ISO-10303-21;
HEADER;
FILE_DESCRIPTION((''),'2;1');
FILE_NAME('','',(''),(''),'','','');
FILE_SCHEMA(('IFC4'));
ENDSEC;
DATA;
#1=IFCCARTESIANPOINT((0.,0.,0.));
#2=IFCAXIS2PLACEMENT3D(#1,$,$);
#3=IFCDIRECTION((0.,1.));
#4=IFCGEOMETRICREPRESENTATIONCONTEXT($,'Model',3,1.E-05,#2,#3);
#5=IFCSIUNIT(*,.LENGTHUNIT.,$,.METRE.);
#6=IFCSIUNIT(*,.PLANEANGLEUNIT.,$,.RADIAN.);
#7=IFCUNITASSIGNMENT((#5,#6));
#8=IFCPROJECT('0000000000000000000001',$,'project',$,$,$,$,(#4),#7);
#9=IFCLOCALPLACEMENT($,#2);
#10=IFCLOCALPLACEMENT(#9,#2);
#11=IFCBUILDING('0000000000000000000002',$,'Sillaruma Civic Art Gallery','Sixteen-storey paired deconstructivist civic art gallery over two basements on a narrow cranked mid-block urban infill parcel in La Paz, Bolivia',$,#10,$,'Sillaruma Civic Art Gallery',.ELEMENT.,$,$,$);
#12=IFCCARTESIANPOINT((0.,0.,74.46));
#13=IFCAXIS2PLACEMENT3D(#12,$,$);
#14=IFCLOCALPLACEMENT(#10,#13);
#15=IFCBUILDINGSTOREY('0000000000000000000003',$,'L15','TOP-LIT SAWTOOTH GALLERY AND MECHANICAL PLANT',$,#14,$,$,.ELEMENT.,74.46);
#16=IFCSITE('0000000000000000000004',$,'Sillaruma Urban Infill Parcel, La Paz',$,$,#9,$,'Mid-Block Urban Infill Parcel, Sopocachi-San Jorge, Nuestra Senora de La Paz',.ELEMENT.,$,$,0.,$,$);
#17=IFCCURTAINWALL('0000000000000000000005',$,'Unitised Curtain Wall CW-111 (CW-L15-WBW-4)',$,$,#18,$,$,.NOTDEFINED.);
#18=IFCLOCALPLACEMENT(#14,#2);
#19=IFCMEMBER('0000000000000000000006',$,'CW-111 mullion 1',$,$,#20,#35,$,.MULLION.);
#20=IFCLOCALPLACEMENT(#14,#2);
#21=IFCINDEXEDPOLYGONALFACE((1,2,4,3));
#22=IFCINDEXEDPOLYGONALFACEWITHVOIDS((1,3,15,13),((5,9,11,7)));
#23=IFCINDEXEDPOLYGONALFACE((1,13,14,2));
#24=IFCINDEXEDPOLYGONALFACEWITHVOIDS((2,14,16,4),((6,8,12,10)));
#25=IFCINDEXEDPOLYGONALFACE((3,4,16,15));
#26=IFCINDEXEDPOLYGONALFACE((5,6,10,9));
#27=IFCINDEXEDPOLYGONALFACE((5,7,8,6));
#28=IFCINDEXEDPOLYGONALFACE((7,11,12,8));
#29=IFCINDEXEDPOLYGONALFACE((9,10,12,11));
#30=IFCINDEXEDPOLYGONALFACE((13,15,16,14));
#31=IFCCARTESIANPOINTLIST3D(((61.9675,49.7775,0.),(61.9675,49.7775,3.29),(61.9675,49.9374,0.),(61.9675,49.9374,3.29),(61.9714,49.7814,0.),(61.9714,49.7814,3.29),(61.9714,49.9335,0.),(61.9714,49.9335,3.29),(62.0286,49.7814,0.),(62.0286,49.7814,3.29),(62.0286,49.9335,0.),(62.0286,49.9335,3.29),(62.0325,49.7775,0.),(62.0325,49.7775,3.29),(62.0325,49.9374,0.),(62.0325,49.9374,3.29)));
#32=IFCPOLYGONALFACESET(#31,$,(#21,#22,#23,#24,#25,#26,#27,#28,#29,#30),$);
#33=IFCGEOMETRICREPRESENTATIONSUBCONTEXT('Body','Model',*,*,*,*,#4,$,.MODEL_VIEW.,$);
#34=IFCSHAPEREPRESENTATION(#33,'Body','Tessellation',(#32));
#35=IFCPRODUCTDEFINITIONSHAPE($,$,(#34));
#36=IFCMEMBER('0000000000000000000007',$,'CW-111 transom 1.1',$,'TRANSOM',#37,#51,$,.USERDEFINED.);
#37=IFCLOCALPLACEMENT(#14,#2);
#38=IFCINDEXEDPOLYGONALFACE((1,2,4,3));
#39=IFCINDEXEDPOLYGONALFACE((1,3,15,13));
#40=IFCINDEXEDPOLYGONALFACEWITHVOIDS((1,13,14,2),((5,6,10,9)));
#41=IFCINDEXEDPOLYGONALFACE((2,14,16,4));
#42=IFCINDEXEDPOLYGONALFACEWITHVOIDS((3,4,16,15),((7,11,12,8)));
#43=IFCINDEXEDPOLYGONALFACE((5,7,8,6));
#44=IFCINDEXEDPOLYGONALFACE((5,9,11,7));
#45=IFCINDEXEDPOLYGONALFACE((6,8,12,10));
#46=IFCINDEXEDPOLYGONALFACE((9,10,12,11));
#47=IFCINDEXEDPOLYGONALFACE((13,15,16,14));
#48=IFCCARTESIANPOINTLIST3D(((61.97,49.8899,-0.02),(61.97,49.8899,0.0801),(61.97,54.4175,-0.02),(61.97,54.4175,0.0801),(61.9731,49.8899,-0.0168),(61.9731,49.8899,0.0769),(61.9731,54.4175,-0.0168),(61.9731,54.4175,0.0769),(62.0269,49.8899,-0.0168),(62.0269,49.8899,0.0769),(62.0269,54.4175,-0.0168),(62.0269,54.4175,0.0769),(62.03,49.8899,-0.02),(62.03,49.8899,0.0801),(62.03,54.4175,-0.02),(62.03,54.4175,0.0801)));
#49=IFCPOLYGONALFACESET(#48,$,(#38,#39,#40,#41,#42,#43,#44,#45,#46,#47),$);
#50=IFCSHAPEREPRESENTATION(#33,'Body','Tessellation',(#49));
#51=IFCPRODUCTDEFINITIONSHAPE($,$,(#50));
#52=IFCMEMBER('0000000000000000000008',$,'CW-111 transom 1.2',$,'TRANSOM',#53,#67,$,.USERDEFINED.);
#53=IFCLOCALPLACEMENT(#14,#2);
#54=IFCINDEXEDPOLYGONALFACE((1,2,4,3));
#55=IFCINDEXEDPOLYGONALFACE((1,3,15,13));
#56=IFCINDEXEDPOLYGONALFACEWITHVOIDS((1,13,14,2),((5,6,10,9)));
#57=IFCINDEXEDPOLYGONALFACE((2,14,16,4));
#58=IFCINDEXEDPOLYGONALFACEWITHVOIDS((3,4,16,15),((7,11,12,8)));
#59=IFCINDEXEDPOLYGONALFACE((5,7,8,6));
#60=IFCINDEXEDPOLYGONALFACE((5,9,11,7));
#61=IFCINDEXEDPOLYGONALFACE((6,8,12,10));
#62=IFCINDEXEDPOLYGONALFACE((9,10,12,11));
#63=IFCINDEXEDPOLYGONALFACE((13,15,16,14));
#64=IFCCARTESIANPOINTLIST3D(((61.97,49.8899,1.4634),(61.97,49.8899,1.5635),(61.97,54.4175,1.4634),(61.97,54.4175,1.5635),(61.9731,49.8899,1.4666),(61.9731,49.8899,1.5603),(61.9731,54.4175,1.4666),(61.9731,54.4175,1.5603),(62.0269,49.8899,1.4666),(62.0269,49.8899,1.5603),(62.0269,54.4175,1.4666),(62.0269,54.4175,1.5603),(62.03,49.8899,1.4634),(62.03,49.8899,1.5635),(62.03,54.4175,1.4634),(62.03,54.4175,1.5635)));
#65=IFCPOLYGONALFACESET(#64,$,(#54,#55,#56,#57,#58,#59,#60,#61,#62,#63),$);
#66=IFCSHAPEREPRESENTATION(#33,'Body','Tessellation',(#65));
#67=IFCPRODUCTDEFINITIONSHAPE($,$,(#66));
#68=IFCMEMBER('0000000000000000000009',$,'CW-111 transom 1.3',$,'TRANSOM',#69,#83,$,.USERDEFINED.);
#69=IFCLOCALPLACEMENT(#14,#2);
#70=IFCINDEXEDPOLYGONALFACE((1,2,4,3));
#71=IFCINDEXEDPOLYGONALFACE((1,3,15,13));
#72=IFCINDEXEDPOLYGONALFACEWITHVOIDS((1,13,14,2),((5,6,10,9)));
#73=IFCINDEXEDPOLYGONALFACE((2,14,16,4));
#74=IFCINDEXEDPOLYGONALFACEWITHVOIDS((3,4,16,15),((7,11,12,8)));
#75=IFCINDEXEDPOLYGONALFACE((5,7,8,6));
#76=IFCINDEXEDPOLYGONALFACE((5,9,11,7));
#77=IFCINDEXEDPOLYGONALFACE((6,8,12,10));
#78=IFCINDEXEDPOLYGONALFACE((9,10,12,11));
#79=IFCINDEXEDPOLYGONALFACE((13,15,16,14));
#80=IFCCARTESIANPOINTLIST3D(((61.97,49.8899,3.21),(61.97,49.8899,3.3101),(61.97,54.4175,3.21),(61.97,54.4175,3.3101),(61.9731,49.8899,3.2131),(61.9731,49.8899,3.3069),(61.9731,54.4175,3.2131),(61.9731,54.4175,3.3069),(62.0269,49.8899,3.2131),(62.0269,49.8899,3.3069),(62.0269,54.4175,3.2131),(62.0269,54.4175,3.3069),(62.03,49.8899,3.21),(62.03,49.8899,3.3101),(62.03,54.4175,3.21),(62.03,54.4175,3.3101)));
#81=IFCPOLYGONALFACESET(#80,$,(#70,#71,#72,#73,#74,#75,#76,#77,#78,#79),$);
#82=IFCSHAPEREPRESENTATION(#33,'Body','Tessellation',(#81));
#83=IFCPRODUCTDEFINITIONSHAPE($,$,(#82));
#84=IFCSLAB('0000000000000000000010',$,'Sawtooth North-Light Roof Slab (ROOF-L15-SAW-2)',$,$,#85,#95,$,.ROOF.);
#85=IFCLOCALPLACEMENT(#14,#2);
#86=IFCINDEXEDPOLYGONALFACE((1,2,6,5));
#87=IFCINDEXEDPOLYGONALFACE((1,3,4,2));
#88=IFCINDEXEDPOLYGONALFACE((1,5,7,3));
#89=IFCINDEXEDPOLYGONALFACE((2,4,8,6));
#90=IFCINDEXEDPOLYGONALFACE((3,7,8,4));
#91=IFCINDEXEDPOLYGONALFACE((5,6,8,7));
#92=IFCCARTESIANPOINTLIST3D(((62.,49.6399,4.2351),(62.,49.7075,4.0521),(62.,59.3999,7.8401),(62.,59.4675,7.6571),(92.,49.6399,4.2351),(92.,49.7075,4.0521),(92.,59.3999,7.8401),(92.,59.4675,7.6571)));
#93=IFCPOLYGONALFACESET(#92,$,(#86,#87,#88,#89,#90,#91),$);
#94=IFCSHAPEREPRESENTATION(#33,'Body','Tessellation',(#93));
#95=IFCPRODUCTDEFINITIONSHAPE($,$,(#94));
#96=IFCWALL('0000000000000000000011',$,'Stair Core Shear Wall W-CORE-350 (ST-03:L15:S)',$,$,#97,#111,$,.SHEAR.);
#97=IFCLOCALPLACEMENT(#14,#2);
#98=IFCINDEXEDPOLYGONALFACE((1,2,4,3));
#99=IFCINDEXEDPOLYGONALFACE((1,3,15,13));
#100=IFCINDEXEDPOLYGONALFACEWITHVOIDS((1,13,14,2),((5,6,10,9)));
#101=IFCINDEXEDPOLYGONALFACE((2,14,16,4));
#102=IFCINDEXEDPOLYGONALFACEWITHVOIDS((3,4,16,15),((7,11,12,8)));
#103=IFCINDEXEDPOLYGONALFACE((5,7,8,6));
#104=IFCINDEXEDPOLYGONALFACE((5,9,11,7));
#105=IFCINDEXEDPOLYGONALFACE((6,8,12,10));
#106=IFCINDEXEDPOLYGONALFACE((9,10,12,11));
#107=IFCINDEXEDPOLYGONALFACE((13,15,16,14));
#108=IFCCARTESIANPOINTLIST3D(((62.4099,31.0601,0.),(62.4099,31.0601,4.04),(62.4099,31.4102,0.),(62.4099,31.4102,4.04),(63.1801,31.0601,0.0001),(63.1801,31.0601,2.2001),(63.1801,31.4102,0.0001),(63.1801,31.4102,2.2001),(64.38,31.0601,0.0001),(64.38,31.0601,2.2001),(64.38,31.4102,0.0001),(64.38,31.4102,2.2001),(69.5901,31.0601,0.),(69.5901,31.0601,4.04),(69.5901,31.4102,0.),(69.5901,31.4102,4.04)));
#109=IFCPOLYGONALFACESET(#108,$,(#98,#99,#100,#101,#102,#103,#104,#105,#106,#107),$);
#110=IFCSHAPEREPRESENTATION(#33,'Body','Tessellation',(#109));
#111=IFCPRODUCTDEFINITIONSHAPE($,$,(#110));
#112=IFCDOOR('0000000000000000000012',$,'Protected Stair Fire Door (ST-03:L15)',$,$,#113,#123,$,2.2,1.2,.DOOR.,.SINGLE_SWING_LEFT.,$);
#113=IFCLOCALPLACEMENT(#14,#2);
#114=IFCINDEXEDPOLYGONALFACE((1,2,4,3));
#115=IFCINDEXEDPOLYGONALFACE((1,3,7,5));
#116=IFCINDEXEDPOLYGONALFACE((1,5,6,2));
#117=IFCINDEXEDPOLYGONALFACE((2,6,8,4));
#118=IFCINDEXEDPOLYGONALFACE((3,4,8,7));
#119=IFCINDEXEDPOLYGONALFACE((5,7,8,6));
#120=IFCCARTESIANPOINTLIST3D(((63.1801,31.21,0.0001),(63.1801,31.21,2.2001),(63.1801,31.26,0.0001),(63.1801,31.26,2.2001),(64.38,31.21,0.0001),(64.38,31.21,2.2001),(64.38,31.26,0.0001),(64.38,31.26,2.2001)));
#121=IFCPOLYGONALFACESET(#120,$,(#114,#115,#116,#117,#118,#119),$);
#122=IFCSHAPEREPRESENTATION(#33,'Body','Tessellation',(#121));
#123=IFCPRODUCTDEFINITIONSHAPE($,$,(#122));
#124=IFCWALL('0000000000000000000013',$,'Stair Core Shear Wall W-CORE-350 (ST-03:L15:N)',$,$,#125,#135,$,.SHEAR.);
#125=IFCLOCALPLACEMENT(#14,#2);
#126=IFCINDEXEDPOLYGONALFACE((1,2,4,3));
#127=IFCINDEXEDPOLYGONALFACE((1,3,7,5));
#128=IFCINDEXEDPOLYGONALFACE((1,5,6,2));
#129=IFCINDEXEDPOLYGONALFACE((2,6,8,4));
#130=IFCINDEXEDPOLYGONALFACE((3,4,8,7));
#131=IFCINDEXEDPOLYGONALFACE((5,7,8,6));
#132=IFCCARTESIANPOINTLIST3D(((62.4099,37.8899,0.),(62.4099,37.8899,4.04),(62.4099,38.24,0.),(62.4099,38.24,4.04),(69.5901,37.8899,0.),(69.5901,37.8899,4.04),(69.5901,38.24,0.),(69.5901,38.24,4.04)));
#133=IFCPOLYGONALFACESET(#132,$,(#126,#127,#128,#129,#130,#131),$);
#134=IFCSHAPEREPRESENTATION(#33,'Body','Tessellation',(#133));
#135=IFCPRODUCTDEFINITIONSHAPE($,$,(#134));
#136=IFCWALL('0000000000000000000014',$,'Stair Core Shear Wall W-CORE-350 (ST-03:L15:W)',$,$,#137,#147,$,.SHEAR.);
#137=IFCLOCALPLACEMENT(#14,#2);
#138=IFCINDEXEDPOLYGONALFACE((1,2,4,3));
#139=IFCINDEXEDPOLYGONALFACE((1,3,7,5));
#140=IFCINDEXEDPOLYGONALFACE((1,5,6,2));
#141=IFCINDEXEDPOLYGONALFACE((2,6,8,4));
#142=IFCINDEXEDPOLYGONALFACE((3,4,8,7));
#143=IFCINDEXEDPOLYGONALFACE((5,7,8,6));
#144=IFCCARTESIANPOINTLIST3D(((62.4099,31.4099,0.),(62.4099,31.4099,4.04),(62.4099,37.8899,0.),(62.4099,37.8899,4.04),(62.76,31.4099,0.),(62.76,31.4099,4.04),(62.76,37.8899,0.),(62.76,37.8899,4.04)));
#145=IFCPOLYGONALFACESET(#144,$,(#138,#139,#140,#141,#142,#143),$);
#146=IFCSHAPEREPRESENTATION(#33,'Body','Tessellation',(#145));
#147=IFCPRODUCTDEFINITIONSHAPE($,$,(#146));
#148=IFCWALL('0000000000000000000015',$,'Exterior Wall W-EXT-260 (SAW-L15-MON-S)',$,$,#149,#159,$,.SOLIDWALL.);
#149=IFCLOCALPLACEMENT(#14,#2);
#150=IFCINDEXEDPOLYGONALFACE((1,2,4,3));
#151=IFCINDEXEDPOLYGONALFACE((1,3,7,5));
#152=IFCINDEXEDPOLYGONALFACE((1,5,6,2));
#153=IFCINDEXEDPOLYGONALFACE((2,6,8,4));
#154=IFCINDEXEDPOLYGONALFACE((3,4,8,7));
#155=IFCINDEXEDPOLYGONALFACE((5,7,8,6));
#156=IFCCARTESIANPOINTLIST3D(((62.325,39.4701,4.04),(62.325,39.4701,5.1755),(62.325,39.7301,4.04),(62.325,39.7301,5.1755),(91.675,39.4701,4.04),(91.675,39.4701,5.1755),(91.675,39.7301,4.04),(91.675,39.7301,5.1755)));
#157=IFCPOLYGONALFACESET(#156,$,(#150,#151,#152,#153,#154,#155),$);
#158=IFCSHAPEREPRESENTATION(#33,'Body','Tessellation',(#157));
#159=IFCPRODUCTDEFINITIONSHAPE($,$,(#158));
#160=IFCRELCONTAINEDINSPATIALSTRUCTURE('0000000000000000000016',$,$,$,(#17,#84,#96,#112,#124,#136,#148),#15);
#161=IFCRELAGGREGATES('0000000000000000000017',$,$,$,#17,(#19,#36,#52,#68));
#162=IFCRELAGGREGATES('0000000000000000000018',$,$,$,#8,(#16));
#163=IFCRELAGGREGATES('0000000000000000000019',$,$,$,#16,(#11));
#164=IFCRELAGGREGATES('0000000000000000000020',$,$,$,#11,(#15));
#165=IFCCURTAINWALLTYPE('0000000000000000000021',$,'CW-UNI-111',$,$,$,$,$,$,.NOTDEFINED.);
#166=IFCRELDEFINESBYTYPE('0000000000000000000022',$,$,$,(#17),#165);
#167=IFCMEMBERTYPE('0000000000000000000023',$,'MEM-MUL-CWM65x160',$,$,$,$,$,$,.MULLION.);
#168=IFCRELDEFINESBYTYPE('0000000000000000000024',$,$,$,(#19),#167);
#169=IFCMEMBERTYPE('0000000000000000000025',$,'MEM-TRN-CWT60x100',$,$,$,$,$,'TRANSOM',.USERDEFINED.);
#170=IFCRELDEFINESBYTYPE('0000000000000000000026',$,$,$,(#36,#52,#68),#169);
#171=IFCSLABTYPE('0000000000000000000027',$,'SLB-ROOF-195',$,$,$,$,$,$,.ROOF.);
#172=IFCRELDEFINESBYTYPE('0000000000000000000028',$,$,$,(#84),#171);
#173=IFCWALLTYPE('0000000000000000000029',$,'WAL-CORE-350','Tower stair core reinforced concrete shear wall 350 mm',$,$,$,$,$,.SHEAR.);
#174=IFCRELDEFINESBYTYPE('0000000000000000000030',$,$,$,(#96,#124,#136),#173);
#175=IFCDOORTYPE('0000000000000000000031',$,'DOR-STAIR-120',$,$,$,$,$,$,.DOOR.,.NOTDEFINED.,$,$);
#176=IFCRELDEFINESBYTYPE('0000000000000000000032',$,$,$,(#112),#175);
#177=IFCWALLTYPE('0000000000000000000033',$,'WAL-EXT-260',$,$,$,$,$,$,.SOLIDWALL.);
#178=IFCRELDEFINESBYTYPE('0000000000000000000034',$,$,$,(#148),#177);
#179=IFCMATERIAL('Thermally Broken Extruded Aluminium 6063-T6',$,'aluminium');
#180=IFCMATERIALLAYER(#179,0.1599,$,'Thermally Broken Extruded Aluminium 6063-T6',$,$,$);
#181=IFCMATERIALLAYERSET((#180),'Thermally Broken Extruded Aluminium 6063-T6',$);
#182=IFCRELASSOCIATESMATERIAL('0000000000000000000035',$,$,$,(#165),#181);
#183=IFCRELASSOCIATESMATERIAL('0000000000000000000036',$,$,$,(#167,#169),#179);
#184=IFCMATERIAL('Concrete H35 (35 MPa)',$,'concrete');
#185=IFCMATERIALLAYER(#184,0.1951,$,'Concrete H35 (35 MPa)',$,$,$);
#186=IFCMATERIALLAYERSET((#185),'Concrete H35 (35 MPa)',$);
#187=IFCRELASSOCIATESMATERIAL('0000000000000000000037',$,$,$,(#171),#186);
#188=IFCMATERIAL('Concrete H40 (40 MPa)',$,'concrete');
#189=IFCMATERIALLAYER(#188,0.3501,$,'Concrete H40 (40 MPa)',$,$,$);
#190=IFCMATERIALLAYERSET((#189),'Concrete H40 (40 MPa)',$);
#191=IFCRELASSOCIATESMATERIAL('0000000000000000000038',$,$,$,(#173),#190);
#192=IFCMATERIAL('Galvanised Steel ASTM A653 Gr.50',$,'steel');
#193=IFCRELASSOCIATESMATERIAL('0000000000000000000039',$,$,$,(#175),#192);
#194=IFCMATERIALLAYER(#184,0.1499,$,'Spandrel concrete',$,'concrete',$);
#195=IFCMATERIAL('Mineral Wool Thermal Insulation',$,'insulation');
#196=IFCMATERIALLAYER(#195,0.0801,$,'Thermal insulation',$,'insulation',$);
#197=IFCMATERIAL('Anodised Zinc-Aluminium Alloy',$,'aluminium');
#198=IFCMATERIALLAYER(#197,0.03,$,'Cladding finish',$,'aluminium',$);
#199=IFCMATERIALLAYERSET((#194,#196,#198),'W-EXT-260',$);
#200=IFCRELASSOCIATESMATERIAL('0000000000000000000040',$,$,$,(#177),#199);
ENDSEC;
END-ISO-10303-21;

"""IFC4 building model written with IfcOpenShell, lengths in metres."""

from ifc_helpers import new_model, si_unit, direction, frame, frame_2d, origin, origin_2d, place, context, subcontext, project, spatial, polyline, rectangle, hollow_rectangle, outline, extrude, material, layer, layer_set, material_profile, profile_set, type_object, element, fill, aggregate, save


model = new_model("IFC4")

# Units and contexts
model_context = context("Model", 3, precision=1e-05, world=origin(), true_north=direction((0.0, 1.0)))
body_context = subcontext(model_context, "Body", "Model", "MODEL_VIEW")
ifc_project = project(units=[si_unit("LENGTHUNIT", "METRE"), si_unit("PLANEANGLEUNIT", "RADIAN")], contexts=[model_context])

# Site, building, storey
site_placement = place(None, origin())
site = spatial("IfcSite", under=ifc_project, at=site_placement, Name="Sillaruma Urban Infill Parcel, La Paz", LongName="Mid-Block Urban Infill Parcel, Sopocachi-San Jorge, Nuestra Senora de La Paz", CompositionType="ELEMENT", RefElevation=0.0)
building_placement = place(site_placement, origin())
building = spatial("IfcBuilding", under=site, at=building_placement, Name="Sillaruma Civic Art Gallery", Description="Sixteen-storey paired deconstructivist civic art gallery over two basements on a narrow cranked mid-block urban infill parcel in La Paz, Bolivia", LongName="Sillaruma Civic Art Gallery", CompositionType="ELEMENT")
storey_placement = place(building_placement, frame((0.0, 0.0, 74.46)))
storey = spatial("IfcBuildingStorey", under=building, at=storey_placement, Name="L15", Description="TOP-LIT SAWTOOTH GALLERY AND MECHANICAL PLANT", CompositionType="ELEMENT", Elevation=74.46)

# Curtain wall, members
ifc_material_1 = material(Name="Thermally Broken Extruded Aluminium 6063-T6", Category="aluminium")
ifc_layer_1 = layer(ifc_material_1, 0.1599, Name="Thermally Broken Extruded Aluminium 6063-T6")
ifc_layer_set_1 = layer_set([ifc_layer_1], Name="Thermally Broken Extruded Aluminium 6063-T6")
curtain_wall_type = type_object("IfcCurtainWallType", Name="CW-UNI-111", PredefinedType="NOTDEFINED", material=ifc_layer_set_1)
curtain_wall_placement = place(storey_placement, origin())
curtain_wall = element("IfcCurtainWall", 1, at=curtain_wall_placement, inside=storey, type_object=curtain_wall_type, Name="Unitised Curtain Wall CW-111 (CW-L15-WBW-4)", PredefinedType="NOTDEFINED")
ifc_material_profile_1 = material_profile(ifc_material_1, hollow_rectangle(XDim=0.0649, YDim=0.1599, WallThickness=0.0039, at=origin_2d()), Name="CWM65x160")
ifc_profile_set_1 = profile_set([ifc_material_profile_1], Name="Thermally Broken Extruded Aluminium 6063-T6")
member_type_1 = type_object("IfcMemberType", Name="MEM-MUL-CWM65x160", PredefinedType="MULLION", material=ifc_profile_set_1)
member_1_placement = place(storey_placement, frame((62.0, 49.8574, 0.0), z_axis=(0.0, 0.0, 1.0), x_axis=(-1.0, 0.0, 0.0)))
member_1 = element("IfcMember", 2, at=member_1_placement, type_object=member_type_1, Name="CW-111 mullion 1", PredefinedType="MULLION", context=body_context, shape_type="SweptSolid", body=[
    extrude(hollow_rectangle(XDim=0.0649, YDim=0.1599, WallThickness=0.0039, at=origin_2d()), origin(), (0.0, 0.0, 1.0), 3.29),
])
ifc_material_profile_2 = material_profile(ifc_material_1, hollow_rectangle(XDim=0.0601, YDim=0.1001, WallThickness=0.0032, at=origin_2d()), Name="CWT60x100")
ifc_profile_set_2 = profile_set([ifc_material_profile_2], Name="Thermally Broken Extruded Aluminium 6063-T6")
member_type_2 = type_object("IfcMemberType", Name="MEM-TRN-CWT60x100", ElementType="TRANSOM", PredefinedType="USERDEFINED", material=ifc_profile_set_2)
member_2_placement = place(storey_placement, frame((62.0, 49.8899, 0.03), z_axis=(0.0, 1.0, 0.0), x_axis=(-1.0, 0.0, 0.0)))
member_2 = element("IfcMember", 3, at=member_2_placement, type_object=member_type_2, Name="CW-111 transom 1.1", ObjectType="TRANSOM", PredefinedType="USERDEFINED", context=body_context, shape_type="SweptSolid", body=[
    extrude(hollow_rectangle(XDim=0.0601, YDim=0.1001, WallThickness=0.0032, at=origin_2d()), origin(), (0.0, 0.0, 1.0), 4.5276),
])
member_3_placement = place(storey_placement, frame((62.0, 49.8899, 1.5134), z_axis=(0.0, 1.0, 0.0), x_axis=(-1.0, 0.0, 0.0)))
member_3 = element("IfcMember", 4, at=member_3_placement, type_object=member_type_2, Name="CW-111 transom 1.2", ObjectType="TRANSOM", PredefinedType="USERDEFINED", context=body_context, shape_type="SweptSolid", body=[
    extrude(hollow_rectangle(XDim=0.0601, YDim=0.1001, WallThickness=0.0032, at=origin_2d()), origin(), (0.0, 0.0, 1.0), 4.5276),
])
member_4_placement = place(storey_placement, frame((62.0, 49.8899, 3.26), z_axis=(0.0, 1.0, 0.0), x_axis=(-1.0, 0.0, 0.0)))
member_4 = element("IfcMember", 5, at=member_4_placement, type_object=member_type_2, Name="CW-111 transom 1.3", ObjectType="TRANSOM", PredefinedType="USERDEFINED", context=body_context, shape_type="SweptSolid", body=[
    extrude(hollow_rectangle(XDim=0.0601, YDim=0.1001, WallThickness=0.0032, at=origin_2d()), origin(), (0.0, 0.0, 1.0), 4.5276),
])
aggregate(curtain_wall, [member_1, member_2, member_3, member_4])

# Slab
ifc_material_2 = material(Name="Concrete H35 (35 MPa)", Category="concrete")
ifc_layer_2 = layer(ifc_material_2, 0.1951, Name="Concrete H35 (35 MPa)")
ifc_layer_set_2 = layer_set([ifc_layer_2], Name="Concrete H35 (35 MPa)")
slab_type = type_object("IfcSlabType", Name="SLB-ROOF-195", PredefinedType="ROOF", material=ifc_layer_set_2)
slab_placement = place(storey_placement, frame((62.0, 49.6399, 4.2351), z_axis=(0.0, -0.346483, 0.938056), x_axis=(1.0, 0.0, 0.0)))
element("IfcSlab", 6, at=slab_placement, inside=storey, type_object=slab_type, Name="Sawtooth North-Light Roof Slab (ROOF-L15-SAW-2)", PredefinedType="ROOF", context=body_context, shape_type="SweptSolid", body=[
    extrude(outline(polyline([(0.0, 0.0), (30.0, 0.0), (30.0, 10.4045), (0.0, 10.4045), (0.0, 0.0)])), origin(), (0.0, 0.0, -1.0), 0.1951),
])

# Wall, opening, door
ifc_material_3 = material(Name="Concrete H40 (40 MPa)", Category="concrete")
ifc_layer_3 = layer(ifc_material_3, 0.3501, Name="Concrete H40 (40 MPa)")
ifc_layer_set_3 = layer_set([ifc_layer_3], Name="Concrete H40 (40 MPa)")
wall_type_1 = type_object("IfcWallType", Name="WAL-CORE-350", Description="Tower stair core reinforced concrete shear wall 350 mm", PredefinedType="SHEAR", material=ifc_layer_set_3)
wall_1_placement = place(storey_placement, frame((62.4099, 31.2351, 0.0), z_axis=(0.0, 0.0, 1.0), x_axis=(1.0, 0.0, 0.0)))
wall_1 = element("IfcWall", 7, at=wall_1_placement, inside=storey, type_object=wall_type_1, Name="Stair Core Shear Wall W-CORE-350 (ST-03:L15:S)", PredefinedType="SHEAR", context=body_context, shape_type="SweptSolid", body=[
    extrude(rectangle(XDim=7.1802, YDim=0.3501, at=frame_2d((3.5901, 0.0))), origin(), (0.0, 0.0, 1.0), 4.04),
])
opening_1_placement = place(wall_1_placement, frame((0.77, 0.0, 0.0)))
opening_1 = element("IfcOpeningElement", 8, at=opening_1_placement, cuts=wall_1, PredefinedType="OPENING", context=body_context, shape_type="SweptSolid", body=[
    extrude(rectangle(XDim=1.2, YDim=2.2, at=frame_2d((0.6001, 1.1001))), frame((0.0, 0.1851, 0.0), z_axis=(0.0, -1.0, 0.0), x_axis=(1.0, 0.0, 0.0)), (0.0, 0.0, 1.0), 0.3701),
])
ifc_material_4 = material(Name="Galvanised Steel ASTM A653 Gr.50", Category="steel")
door_type = type_object("IfcDoorType", Name="DOR-STAIR-120", OperationType="NOTDEFINED", PredefinedType="DOOR", material=ifc_material_4)
door_placement = place(opening_1_placement, origin())
door = element("IfcDoor", 9, at=door_placement, inside=storey, type_object=door_type, Name="Protected Stair Fire Door (ST-03:L15)", OperationType="SINGLE_SWING_LEFT", OverallHeight=2.2, OverallWidth=1.2, PredefinedType="DOOR", context=body_context, shape_type="SweptSolid", body=[
    extrude(rectangle(XDim=1.2, YDim=2.2, at=frame_2d((0.6001, 1.1001))), frame((0.0, 0.0249, 0.0), z_axis=(0.0, -1.0, 0.0), x_axis=(1.0, 0.0, 0.0)), (0.0, 0.0, 1.0), 0.05),
])
fill(opening_1, door)

# Walls
wall_2_placement = place(storey_placement, frame((62.4099, 38.0649, 0.0), z_axis=(0.0, 0.0, 1.0), x_axis=(1.0, 0.0, 0.0)))
element("IfcWall", 10, at=wall_2_placement, inside=storey, type_object=wall_type_1, Name="Stair Core Shear Wall W-CORE-350 (ST-03:L15:N)", PredefinedType="SHEAR", context=body_context, shape_type="SweptSolid", body=[
    extrude(rectangle(XDim=7.1802, YDim=0.3501, at=frame_2d((3.5901, 0.0))), origin(), (0.0, 0.0, 1.0), 4.04),
])
wall_3_placement = place(storey_placement, frame((62.585, 31.4099, 0.0), z_axis=(0.0, 0.0, 1.0), x_axis=(0.0, 1.0, 0.0)))
element("IfcWall", 11, at=wall_3_placement, inside=storey, type_object=wall_type_1, Name="Stair Core Shear Wall W-CORE-350 (ST-03:L15:W)", PredefinedType="SHEAR", context=body_context, shape_type="SweptSolid", body=[
    extrude(rectangle(XDim=6.48, YDim=0.3501, at=frame_2d((3.24, 0.0))), origin(), (0.0, 0.0, 1.0), 4.04),
])
ifc_layer_4 = layer(ifc_material_2, 0.1499, Name="Spandrel concrete", Category="concrete")
ifc_material_5 = material(Name="Mineral Wool Thermal Insulation", Category="insulation")
ifc_layer_5 = layer(ifc_material_5, 0.0801, Name="Thermal insulation", Category="insulation")
ifc_material_6 = material(Name="Anodised Zinc-Aluminium Alloy", Category="aluminium")
ifc_layer_6 = layer(ifc_material_6, 0.03, Name="Cladding finish", Category="aluminium")
ifc_layer_set_4 = layer_set([ifc_layer_4, ifc_layer_5, ifc_layer_6], Name="W-EXT-260")
wall_type_2 = type_object("IfcWallType", Name="WAL-EXT-260", PredefinedType="SOLIDWALL", material=ifc_layer_set_4)
wall_4_placement = place(storey_placement, frame((62.325, 39.6001, 4.04), z_axis=(0.0, 0.0, 1.0), x_axis=(1.0, 0.0, 0.0)))
element("IfcWall", 12, at=wall_4_placement, inside=storey, type_object=wall_type_2, Name="Exterior Wall W-EXT-260 (SAW-L15-MON-S)", PredefinedType="SOLIDWALL", context=body_context, shape_type="SweptSolid", body=[
    extrude(rectangle(XDim=29.3501, YDim=0.26, at=frame_2d((14.675, 0.0))), origin(), (0.0, 0.0, 1.0), 1.1355),
])

save(model, "model.ifc")
